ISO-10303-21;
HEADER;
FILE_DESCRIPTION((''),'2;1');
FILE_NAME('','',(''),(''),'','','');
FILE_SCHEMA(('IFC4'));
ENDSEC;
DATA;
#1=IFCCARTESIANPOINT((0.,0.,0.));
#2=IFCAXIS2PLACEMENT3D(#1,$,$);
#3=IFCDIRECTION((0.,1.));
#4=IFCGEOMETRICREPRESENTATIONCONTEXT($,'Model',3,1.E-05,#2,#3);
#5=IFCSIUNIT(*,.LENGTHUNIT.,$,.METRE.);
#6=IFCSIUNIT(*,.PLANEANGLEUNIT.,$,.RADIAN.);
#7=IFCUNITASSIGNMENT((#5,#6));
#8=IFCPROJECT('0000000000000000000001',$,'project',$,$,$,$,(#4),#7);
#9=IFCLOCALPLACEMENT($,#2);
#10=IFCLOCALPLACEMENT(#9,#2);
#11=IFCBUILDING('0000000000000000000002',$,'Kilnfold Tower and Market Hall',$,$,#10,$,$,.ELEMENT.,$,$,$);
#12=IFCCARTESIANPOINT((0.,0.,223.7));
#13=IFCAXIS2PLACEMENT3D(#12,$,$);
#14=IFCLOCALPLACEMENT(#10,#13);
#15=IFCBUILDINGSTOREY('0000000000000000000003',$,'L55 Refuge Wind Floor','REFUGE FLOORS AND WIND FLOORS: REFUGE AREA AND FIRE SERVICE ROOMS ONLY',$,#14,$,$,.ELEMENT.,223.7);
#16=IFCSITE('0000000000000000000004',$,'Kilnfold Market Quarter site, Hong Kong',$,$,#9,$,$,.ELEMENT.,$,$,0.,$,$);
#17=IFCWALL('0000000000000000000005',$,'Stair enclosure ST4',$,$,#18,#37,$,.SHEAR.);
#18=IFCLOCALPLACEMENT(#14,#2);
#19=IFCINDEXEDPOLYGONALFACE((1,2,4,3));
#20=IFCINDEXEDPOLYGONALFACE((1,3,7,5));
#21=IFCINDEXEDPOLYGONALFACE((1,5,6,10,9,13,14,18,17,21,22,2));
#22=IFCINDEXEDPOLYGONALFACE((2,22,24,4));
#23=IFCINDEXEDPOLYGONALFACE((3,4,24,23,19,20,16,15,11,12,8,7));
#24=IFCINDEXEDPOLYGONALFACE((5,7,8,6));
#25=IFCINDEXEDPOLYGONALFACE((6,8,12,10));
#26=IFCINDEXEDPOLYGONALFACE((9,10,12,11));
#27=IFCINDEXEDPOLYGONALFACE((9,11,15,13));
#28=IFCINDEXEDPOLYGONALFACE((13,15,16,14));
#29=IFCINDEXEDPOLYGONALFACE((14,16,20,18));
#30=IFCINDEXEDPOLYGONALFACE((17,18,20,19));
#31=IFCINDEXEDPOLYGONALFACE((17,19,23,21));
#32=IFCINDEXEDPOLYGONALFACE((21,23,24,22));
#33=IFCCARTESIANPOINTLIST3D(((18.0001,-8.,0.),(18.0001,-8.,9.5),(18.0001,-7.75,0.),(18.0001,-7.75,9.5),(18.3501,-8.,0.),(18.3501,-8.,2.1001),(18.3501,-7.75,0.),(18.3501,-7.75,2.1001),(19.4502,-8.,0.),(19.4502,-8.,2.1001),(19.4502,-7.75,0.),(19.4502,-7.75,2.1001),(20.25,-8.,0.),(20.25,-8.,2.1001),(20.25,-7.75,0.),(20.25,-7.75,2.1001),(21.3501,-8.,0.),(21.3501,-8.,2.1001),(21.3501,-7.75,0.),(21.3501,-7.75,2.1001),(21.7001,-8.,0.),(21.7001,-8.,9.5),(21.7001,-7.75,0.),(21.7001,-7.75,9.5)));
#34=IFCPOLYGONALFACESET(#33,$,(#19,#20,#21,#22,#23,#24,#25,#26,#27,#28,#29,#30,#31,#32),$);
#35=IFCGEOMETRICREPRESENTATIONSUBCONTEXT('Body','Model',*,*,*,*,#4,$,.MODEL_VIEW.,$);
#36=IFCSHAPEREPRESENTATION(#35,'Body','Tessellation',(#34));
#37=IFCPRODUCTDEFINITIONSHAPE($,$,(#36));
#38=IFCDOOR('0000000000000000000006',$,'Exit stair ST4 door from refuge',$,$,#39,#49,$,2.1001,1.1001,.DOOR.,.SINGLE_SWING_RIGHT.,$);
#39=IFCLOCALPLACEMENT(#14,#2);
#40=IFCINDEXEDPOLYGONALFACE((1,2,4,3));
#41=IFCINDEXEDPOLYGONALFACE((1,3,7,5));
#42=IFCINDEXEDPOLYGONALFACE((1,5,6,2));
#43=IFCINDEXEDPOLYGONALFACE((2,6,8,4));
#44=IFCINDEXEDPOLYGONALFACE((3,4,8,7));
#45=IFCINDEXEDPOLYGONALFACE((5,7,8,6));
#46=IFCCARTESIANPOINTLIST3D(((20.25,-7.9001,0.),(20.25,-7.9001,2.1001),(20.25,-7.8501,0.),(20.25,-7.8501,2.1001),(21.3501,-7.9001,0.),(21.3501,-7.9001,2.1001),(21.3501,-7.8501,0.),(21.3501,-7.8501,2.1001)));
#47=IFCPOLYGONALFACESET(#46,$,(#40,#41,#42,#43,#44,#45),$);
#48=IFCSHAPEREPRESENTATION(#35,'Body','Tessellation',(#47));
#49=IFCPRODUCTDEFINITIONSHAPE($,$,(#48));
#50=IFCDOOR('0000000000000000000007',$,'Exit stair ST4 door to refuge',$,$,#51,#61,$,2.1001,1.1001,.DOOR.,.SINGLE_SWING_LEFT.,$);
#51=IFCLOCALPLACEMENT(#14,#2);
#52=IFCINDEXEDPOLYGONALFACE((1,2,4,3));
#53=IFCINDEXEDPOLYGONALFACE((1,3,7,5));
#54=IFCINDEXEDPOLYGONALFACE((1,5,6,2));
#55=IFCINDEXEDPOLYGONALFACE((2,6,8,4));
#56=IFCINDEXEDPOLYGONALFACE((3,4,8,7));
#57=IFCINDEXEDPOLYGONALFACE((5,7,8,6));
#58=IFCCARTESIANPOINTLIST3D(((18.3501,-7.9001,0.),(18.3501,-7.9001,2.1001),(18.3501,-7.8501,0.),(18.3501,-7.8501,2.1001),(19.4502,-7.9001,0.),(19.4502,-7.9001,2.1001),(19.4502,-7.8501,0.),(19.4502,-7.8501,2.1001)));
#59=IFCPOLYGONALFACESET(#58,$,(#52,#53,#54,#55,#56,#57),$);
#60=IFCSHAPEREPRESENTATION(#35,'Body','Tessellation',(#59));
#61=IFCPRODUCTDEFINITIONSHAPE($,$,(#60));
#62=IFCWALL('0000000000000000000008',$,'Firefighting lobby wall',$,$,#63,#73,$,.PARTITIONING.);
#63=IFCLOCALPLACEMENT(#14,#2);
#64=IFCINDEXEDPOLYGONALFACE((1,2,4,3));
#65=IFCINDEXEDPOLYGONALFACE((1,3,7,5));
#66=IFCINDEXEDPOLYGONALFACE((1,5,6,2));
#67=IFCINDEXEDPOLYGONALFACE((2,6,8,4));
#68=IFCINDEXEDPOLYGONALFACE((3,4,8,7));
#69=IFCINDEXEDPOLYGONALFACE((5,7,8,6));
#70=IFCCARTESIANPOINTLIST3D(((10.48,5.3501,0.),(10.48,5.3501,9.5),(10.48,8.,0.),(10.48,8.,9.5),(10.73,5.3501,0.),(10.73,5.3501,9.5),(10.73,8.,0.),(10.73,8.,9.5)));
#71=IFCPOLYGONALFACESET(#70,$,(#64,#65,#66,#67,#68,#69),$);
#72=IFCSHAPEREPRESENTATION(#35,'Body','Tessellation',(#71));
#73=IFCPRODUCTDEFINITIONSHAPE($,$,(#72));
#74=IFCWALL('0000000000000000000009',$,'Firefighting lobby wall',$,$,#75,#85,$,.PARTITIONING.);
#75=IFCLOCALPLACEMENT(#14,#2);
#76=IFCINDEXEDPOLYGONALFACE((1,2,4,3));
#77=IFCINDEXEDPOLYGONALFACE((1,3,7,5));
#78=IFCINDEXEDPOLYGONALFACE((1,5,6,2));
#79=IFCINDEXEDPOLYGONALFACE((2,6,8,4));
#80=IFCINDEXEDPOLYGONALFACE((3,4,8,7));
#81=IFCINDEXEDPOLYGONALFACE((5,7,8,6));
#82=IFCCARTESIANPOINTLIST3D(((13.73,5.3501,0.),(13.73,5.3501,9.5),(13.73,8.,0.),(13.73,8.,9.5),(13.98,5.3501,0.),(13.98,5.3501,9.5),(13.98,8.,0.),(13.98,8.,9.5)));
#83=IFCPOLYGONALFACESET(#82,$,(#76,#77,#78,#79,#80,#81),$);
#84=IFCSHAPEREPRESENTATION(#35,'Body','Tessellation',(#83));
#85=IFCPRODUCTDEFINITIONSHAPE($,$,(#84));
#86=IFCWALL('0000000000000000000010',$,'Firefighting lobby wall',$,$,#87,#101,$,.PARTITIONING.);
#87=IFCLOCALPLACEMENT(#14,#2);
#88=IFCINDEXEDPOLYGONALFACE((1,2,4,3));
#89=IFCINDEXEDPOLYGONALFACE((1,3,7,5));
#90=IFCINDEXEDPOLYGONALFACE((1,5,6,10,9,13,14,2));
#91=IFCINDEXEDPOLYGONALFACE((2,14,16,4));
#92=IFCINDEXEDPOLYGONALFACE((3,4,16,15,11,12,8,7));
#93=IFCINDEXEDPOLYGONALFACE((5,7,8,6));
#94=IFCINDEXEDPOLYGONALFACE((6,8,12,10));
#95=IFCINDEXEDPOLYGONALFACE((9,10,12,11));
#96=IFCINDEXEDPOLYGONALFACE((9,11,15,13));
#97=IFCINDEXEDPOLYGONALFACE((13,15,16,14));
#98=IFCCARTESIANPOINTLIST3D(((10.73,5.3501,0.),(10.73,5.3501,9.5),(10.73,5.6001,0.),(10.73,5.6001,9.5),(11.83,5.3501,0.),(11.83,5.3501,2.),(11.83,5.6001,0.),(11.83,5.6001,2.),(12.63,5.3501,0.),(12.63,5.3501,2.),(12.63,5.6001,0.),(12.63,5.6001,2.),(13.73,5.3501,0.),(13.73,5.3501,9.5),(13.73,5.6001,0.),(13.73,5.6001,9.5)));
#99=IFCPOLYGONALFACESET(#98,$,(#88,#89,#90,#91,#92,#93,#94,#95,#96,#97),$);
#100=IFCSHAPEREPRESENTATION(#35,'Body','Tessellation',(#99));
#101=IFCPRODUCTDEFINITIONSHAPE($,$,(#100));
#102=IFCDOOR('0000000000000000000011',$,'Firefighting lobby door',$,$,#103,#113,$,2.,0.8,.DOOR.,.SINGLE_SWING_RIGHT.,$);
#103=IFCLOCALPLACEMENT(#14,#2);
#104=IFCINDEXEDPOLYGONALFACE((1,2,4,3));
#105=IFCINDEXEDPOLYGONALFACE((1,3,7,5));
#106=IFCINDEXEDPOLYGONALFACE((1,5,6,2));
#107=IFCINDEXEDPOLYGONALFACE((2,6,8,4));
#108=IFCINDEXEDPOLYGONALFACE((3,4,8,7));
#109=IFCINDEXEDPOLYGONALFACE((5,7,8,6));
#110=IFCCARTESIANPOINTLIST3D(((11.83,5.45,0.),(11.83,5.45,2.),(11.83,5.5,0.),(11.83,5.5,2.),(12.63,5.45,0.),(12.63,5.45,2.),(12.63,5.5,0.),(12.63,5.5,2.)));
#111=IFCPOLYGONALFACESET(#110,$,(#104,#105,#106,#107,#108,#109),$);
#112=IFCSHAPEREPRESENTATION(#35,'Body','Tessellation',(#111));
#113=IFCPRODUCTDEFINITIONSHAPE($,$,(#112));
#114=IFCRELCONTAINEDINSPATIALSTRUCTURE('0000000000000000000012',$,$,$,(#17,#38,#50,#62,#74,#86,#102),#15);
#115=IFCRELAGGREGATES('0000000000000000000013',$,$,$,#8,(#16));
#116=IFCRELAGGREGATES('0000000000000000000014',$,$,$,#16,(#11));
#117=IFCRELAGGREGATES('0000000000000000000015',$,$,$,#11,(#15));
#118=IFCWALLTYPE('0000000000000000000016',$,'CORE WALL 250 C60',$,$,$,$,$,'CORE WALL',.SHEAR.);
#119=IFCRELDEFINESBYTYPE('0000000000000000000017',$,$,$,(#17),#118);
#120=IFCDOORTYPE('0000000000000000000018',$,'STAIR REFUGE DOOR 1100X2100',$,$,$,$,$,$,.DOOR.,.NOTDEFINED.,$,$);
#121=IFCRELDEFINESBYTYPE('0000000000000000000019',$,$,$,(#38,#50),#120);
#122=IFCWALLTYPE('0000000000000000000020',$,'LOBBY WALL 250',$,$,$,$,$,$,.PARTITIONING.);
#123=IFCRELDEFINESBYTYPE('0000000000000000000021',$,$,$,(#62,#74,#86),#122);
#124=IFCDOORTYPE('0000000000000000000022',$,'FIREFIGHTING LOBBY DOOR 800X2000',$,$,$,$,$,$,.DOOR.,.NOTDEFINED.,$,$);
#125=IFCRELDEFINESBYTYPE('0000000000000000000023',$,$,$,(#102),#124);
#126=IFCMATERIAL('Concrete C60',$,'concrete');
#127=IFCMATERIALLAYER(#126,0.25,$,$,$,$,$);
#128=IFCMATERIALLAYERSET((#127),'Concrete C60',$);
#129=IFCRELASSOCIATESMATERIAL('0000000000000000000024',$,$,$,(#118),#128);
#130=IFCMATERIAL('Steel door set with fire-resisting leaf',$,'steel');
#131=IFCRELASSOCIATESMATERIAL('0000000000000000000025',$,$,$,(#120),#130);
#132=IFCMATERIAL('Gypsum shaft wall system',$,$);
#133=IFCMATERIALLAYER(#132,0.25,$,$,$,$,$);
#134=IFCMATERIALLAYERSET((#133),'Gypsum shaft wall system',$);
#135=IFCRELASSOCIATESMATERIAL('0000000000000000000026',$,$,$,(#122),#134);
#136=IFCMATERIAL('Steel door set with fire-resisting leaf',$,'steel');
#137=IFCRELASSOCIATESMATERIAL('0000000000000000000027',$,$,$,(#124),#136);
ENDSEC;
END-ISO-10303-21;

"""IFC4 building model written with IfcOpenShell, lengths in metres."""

from ifc_helpers import new_model, si_unit, direction, frame, frame_2d, origin, place, context, subcontext, project, spatial, rectangle, extrude, source, transform, mapped, material, layer, layer_set, type_object, element, fill, save


model = new_model("IFC4")

# Units and contexts
model_context = context("Model", 3, precision=1e-05, world=origin(), true_north=direction((0.0, 1.0)))
body_context = subcontext(model_context, "Body", "Model", "MODEL_VIEW")
ifc_project = project(units=[si_unit("LENGTHUNIT", "METRE"), si_unit("PLANEANGLEUNIT", "RADIAN")], contexts=[model_context])

# Site, building, storey
site_placement = place(None, origin())
site = spatial("IfcSite", under=ifc_project, at=site_placement, Name="Kilnfold Market Quarter site, Hong Kong", CompositionType="ELEMENT", RefElevation=0.0)
building_placement = place(site_placement, origin())
building = spatial("IfcBuilding", under=site, at=building_placement, Name="Kilnfold Tower and Market Hall", CompositionType="ELEMENT")
storey_placement = place(building_placement, frame((0.0, 0.0, 223.7)))
storey = spatial("IfcBuildingStorey", under=building, at=storey_placement, Name="L55 Refuge Wind Floor", Description="REFUGE FLOORS AND WIND FLOORS: REFUGE AREA AND FIRE SERVICE ROOMS ONLY", CompositionType="ELEMENT", Elevation=223.7)

# Wall, openings, doors
ifc_material_1 = material(Name="Concrete C60", Category="concrete")
ifc_layer_1 = layer(ifc_material_1, 0.25)
ifc_layer_set_1 = layer_set([ifc_layer_1], Name="Concrete C60")
wall_type_1 = type_object("IfcWallType", Name="CORE WALL 250 C60", ElementType="CORE WALL", PredefinedType="SHEAR", material=ifc_layer_set_1)
shared_shape_1 = source(origin(), body_context, "Body", "SweptSolid", [
    extrude(rectangle(XDim=3.7, YDim=0.25, at=frame_2d((1.8501, 0.0))), origin(), (0.0, 0.0, 1.0), 9.5),
])
wall_1_placement = place(storey_placement, frame((18.0, -7.875, 0.0), z_axis=(0.0, 0.0, 1.0), x_axis=(1.0, 0.0, 0.0)))
wall_1 = element("IfcWall", 1, at=wall_1_placement, inside=storey, type_object=wall_type_1, Name="Stair enclosure ST4", PredefinedType="SHEAR", context=body_context, shape_type="MappedRepresentation", body=[
    mapped(shared_shape_1, transform((0.0, 0.0, 0.0))),
])
opening_1_placement = place(wall_1_placement, frame((2.25, 0.0, 0.0)))
opening_1 = element("IfcOpeningElement", 2, at=opening_1_placement, cuts=wall_1, PredefinedType="OPENING", context=body_context, shape_type="SweptSolid", body=[
    extrude(rectangle(XDim=1.1001, YDim=2.1001, at=frame_2d((0.55, 1.05))), frame((0.0, 0.135, 0.0), z_axis=(0.0, -1.0, 0.0), x_axis=(1.0, 0.0, 0.0)), (0.0, 0.0, 1.0), 0.27),
])
opening_2_placement = place(wall_1_placement, frame((0.3501, 0.0, 0.0)))
opening_2 = element("IfcOpeningElement", 3, at=opening_2_placement, cuts=wall_1, PredefinedType="OPENING", context=body_context, shape_type="SweptSolid", body=[
    extrude(rectangle(XDim=1.1001, YDim=2.1001, at=frame_2d((0.55, 1.05))), frame((0.0, 0.135, 0.0), z_axis=(0.0, -1.0, 0.0), x_axis=(1.0, 0.0, 0.0)), (0.0, 0.0, 1.0), 0.27),
])
ifc_material_2 = material(Name="Steel door set with fire-resisting leaf", Category="steel")
door_type_1 = type_object("IfcDoorType", Name="STAIR REFUGE DOOR 1100X2100", OperationType="NOTDEFINED", PredefinedType="DOOR", material=ifc_material_2)
door_1_placement = place(opening_1_placement, origin())
door_1 = element("IfcDoor", 4, at=door_1_placement, inside=storey, type_object=door_type_1, Name="Exit stair ST4 door from refuge", OperationType="SINGLE_SWING_RIGHT", OverallHeight=2.1001, OverallWidth=1.1001, PredefinedType="DOOR", context=body_context, shape_type="SweptSolid", body=[
    extrude(rectangle(XDim=1.1001, YDim=2.1001, at=frame_2d((0.55, 1.05))), frame((0.0, 0.0249, 0.0), z_axis=(0.0, -1.0, 0.0), x_axis=(1.0, 0.0, 0.0)), (0.0, 0.0, 1.0), 0.05),
])
fill(opening_1, door_1)
door_2_placement = place(opening_2_placement, origin())
door_2 = element("IfcDoor", 5, at=door_2_placement, inside=storey, type_object=door_type_1, Name="Exit stair ST4 door to refuge", OperationType="SINGLE_SWING_LEFT", OverallHeight=2.1001, OverallWidth=1.1001, PredefinedType="DOOR", context=body_context, shape_type="SweptSolid", body=[
    extrude(rectangle(XDim=1.1001, YDim=2.1001, at=frame_2d((0.55, 1.05))), frame((0.0, 0.0249, 0.0), z_axis=(0.0, -1.0, 0.0), x_axis=(1.0, 0.0, 0.0)), (0.0, 0.0, 1.0), 0.05),
])
fill(opening_2, door_2)

# Walls
ifc_material_3 = material(Name="Gypsum shaft wall system")
ifc_layer_2 = layer(ifc_material_3, 0.25)
ifc_layer_set_2 = layer_set([ifc_layer_2], Name="Gypsum shaft wall system")
wall_type_2 = type_object("IfcWallType", Name="LOBBY WALL 250", PredefinedType="PARTITIONING", material=ifc_layer_set_2)
shared_shape_2 = source(origin(), body_context, "Body", "SweptSolid", [
    extrude(rectangle(XDim=2.6499, YDim=0.25, at=frame_2d((1.325, 0.0))), origin(), (0.0, 0.0, 1.0), 9.5),
])
for number, where, z_axis, x_axis, name in (
    (6, (10.605, 5.3501, 0.0), (0.0, 0.0, 1.0), (0.0, 1.0, 0.0), "Firefighting lobby wall"),
    (7, (13.855, 5.3501, 0.0), (0.0, 0.0, 1.0), (0.0, 1.0, 0.0), "Firefighting lobby wall"),
):
    element("IfcWall", number, at=place(storey_placement, frame(where, z_axis=z_axis, x_axis=x_axis)), inside=storey, type_object=wall_type_2, Name=name, PredefinedType="PARTITIONING", context=body_context, shape_type="MappedRepresentation", body=[
        mapped(shared_shape_2, transform((0.0, 0.0, 0.0))),
    ])

# Wall, opening, door
shared_shape_3 = source(origin(), body_context, "Body", "SweptSolid", [
    extrude(rectangle(XDim=3.0, YDim=0.25, at=frame_2d((1.5, 0.0))), origin(), (0.0, 0.0, 1.0), 9.5),
])
wall_2_placement = place(storey_placement, frame((10.73, 5.4751, 0.0), z_axis=(0.0, 0.0, 1.0), x_axis=(1.0, 0.0, 0.0)))
wall_2 = element("IfcWall", 8, at=wall_2_placement, inside=storey, type_object=wall_type_2, Name="Firefighting lobby wall", PredefinedType="PARTITIONING", context=body_context, shape_type="MappedRepresentation", body=[
    mapped(shared_shape_3, transform((0.0, 0.0, 0.0))),
])
opening_3_placement = place(wall_2_placement, frame((1.1001, 0.0, 0.0)))
opening_3 = element("IfcOpeningElement", 9, at=opening_3_placement, cuts=wall_2, PredefinedType="OPENING", context=body_context, shape_type="SweptSolid", body=[
    extrude(rectangle(XDim=0.8, YDim=2.0, at=frame_2d((0.3999, 1.0))), frame((0.0, 0.135, 0.0), z_axis=(0.0, -1.0, 0.0), x_axis=(1.0, 0.0, 0.0)), (0.0, 0.0, 1.0), 0.27),
])
ifc_material_4 = material(Name="Steel door set with fire-resisting leaf", Category="steel")
door_type_2 = type_object("IfcDoorType", Name="FIREFIGHTING LOBBY DOOR 800X2000", OperationType="NOTDEFINED", PredefinedType="DOOR", material=ifc_material_4)
door_3_placement = place(opening_3_placement, origin())
door_3 = element("IfcDoor", 10, at=door_3_placement, inside=storey, type_object=door_type_2, Name="Firefighting lobby door", OperationType="SINGLE_SWING_RIGHT", OverallHeight=2.0, OverallWidth=0.8, PredefinedType="DOOR", context=body_context, shape_type="SweptSolid", body=[
    extrude(rectangle(XDim=0.8, YDim=2.0, at=frame_2d((0.3999, 1.0))), frame((0.0, 0.0249, 0.0), z_axis=(0.0, -1.0, 0.0), x_axis=(1.0, 0.0, 0.0)), (0.0, 0.0, 1.0), 0.05),
])
fill(opening_3, door_3)

save(model, "model.ifc")
